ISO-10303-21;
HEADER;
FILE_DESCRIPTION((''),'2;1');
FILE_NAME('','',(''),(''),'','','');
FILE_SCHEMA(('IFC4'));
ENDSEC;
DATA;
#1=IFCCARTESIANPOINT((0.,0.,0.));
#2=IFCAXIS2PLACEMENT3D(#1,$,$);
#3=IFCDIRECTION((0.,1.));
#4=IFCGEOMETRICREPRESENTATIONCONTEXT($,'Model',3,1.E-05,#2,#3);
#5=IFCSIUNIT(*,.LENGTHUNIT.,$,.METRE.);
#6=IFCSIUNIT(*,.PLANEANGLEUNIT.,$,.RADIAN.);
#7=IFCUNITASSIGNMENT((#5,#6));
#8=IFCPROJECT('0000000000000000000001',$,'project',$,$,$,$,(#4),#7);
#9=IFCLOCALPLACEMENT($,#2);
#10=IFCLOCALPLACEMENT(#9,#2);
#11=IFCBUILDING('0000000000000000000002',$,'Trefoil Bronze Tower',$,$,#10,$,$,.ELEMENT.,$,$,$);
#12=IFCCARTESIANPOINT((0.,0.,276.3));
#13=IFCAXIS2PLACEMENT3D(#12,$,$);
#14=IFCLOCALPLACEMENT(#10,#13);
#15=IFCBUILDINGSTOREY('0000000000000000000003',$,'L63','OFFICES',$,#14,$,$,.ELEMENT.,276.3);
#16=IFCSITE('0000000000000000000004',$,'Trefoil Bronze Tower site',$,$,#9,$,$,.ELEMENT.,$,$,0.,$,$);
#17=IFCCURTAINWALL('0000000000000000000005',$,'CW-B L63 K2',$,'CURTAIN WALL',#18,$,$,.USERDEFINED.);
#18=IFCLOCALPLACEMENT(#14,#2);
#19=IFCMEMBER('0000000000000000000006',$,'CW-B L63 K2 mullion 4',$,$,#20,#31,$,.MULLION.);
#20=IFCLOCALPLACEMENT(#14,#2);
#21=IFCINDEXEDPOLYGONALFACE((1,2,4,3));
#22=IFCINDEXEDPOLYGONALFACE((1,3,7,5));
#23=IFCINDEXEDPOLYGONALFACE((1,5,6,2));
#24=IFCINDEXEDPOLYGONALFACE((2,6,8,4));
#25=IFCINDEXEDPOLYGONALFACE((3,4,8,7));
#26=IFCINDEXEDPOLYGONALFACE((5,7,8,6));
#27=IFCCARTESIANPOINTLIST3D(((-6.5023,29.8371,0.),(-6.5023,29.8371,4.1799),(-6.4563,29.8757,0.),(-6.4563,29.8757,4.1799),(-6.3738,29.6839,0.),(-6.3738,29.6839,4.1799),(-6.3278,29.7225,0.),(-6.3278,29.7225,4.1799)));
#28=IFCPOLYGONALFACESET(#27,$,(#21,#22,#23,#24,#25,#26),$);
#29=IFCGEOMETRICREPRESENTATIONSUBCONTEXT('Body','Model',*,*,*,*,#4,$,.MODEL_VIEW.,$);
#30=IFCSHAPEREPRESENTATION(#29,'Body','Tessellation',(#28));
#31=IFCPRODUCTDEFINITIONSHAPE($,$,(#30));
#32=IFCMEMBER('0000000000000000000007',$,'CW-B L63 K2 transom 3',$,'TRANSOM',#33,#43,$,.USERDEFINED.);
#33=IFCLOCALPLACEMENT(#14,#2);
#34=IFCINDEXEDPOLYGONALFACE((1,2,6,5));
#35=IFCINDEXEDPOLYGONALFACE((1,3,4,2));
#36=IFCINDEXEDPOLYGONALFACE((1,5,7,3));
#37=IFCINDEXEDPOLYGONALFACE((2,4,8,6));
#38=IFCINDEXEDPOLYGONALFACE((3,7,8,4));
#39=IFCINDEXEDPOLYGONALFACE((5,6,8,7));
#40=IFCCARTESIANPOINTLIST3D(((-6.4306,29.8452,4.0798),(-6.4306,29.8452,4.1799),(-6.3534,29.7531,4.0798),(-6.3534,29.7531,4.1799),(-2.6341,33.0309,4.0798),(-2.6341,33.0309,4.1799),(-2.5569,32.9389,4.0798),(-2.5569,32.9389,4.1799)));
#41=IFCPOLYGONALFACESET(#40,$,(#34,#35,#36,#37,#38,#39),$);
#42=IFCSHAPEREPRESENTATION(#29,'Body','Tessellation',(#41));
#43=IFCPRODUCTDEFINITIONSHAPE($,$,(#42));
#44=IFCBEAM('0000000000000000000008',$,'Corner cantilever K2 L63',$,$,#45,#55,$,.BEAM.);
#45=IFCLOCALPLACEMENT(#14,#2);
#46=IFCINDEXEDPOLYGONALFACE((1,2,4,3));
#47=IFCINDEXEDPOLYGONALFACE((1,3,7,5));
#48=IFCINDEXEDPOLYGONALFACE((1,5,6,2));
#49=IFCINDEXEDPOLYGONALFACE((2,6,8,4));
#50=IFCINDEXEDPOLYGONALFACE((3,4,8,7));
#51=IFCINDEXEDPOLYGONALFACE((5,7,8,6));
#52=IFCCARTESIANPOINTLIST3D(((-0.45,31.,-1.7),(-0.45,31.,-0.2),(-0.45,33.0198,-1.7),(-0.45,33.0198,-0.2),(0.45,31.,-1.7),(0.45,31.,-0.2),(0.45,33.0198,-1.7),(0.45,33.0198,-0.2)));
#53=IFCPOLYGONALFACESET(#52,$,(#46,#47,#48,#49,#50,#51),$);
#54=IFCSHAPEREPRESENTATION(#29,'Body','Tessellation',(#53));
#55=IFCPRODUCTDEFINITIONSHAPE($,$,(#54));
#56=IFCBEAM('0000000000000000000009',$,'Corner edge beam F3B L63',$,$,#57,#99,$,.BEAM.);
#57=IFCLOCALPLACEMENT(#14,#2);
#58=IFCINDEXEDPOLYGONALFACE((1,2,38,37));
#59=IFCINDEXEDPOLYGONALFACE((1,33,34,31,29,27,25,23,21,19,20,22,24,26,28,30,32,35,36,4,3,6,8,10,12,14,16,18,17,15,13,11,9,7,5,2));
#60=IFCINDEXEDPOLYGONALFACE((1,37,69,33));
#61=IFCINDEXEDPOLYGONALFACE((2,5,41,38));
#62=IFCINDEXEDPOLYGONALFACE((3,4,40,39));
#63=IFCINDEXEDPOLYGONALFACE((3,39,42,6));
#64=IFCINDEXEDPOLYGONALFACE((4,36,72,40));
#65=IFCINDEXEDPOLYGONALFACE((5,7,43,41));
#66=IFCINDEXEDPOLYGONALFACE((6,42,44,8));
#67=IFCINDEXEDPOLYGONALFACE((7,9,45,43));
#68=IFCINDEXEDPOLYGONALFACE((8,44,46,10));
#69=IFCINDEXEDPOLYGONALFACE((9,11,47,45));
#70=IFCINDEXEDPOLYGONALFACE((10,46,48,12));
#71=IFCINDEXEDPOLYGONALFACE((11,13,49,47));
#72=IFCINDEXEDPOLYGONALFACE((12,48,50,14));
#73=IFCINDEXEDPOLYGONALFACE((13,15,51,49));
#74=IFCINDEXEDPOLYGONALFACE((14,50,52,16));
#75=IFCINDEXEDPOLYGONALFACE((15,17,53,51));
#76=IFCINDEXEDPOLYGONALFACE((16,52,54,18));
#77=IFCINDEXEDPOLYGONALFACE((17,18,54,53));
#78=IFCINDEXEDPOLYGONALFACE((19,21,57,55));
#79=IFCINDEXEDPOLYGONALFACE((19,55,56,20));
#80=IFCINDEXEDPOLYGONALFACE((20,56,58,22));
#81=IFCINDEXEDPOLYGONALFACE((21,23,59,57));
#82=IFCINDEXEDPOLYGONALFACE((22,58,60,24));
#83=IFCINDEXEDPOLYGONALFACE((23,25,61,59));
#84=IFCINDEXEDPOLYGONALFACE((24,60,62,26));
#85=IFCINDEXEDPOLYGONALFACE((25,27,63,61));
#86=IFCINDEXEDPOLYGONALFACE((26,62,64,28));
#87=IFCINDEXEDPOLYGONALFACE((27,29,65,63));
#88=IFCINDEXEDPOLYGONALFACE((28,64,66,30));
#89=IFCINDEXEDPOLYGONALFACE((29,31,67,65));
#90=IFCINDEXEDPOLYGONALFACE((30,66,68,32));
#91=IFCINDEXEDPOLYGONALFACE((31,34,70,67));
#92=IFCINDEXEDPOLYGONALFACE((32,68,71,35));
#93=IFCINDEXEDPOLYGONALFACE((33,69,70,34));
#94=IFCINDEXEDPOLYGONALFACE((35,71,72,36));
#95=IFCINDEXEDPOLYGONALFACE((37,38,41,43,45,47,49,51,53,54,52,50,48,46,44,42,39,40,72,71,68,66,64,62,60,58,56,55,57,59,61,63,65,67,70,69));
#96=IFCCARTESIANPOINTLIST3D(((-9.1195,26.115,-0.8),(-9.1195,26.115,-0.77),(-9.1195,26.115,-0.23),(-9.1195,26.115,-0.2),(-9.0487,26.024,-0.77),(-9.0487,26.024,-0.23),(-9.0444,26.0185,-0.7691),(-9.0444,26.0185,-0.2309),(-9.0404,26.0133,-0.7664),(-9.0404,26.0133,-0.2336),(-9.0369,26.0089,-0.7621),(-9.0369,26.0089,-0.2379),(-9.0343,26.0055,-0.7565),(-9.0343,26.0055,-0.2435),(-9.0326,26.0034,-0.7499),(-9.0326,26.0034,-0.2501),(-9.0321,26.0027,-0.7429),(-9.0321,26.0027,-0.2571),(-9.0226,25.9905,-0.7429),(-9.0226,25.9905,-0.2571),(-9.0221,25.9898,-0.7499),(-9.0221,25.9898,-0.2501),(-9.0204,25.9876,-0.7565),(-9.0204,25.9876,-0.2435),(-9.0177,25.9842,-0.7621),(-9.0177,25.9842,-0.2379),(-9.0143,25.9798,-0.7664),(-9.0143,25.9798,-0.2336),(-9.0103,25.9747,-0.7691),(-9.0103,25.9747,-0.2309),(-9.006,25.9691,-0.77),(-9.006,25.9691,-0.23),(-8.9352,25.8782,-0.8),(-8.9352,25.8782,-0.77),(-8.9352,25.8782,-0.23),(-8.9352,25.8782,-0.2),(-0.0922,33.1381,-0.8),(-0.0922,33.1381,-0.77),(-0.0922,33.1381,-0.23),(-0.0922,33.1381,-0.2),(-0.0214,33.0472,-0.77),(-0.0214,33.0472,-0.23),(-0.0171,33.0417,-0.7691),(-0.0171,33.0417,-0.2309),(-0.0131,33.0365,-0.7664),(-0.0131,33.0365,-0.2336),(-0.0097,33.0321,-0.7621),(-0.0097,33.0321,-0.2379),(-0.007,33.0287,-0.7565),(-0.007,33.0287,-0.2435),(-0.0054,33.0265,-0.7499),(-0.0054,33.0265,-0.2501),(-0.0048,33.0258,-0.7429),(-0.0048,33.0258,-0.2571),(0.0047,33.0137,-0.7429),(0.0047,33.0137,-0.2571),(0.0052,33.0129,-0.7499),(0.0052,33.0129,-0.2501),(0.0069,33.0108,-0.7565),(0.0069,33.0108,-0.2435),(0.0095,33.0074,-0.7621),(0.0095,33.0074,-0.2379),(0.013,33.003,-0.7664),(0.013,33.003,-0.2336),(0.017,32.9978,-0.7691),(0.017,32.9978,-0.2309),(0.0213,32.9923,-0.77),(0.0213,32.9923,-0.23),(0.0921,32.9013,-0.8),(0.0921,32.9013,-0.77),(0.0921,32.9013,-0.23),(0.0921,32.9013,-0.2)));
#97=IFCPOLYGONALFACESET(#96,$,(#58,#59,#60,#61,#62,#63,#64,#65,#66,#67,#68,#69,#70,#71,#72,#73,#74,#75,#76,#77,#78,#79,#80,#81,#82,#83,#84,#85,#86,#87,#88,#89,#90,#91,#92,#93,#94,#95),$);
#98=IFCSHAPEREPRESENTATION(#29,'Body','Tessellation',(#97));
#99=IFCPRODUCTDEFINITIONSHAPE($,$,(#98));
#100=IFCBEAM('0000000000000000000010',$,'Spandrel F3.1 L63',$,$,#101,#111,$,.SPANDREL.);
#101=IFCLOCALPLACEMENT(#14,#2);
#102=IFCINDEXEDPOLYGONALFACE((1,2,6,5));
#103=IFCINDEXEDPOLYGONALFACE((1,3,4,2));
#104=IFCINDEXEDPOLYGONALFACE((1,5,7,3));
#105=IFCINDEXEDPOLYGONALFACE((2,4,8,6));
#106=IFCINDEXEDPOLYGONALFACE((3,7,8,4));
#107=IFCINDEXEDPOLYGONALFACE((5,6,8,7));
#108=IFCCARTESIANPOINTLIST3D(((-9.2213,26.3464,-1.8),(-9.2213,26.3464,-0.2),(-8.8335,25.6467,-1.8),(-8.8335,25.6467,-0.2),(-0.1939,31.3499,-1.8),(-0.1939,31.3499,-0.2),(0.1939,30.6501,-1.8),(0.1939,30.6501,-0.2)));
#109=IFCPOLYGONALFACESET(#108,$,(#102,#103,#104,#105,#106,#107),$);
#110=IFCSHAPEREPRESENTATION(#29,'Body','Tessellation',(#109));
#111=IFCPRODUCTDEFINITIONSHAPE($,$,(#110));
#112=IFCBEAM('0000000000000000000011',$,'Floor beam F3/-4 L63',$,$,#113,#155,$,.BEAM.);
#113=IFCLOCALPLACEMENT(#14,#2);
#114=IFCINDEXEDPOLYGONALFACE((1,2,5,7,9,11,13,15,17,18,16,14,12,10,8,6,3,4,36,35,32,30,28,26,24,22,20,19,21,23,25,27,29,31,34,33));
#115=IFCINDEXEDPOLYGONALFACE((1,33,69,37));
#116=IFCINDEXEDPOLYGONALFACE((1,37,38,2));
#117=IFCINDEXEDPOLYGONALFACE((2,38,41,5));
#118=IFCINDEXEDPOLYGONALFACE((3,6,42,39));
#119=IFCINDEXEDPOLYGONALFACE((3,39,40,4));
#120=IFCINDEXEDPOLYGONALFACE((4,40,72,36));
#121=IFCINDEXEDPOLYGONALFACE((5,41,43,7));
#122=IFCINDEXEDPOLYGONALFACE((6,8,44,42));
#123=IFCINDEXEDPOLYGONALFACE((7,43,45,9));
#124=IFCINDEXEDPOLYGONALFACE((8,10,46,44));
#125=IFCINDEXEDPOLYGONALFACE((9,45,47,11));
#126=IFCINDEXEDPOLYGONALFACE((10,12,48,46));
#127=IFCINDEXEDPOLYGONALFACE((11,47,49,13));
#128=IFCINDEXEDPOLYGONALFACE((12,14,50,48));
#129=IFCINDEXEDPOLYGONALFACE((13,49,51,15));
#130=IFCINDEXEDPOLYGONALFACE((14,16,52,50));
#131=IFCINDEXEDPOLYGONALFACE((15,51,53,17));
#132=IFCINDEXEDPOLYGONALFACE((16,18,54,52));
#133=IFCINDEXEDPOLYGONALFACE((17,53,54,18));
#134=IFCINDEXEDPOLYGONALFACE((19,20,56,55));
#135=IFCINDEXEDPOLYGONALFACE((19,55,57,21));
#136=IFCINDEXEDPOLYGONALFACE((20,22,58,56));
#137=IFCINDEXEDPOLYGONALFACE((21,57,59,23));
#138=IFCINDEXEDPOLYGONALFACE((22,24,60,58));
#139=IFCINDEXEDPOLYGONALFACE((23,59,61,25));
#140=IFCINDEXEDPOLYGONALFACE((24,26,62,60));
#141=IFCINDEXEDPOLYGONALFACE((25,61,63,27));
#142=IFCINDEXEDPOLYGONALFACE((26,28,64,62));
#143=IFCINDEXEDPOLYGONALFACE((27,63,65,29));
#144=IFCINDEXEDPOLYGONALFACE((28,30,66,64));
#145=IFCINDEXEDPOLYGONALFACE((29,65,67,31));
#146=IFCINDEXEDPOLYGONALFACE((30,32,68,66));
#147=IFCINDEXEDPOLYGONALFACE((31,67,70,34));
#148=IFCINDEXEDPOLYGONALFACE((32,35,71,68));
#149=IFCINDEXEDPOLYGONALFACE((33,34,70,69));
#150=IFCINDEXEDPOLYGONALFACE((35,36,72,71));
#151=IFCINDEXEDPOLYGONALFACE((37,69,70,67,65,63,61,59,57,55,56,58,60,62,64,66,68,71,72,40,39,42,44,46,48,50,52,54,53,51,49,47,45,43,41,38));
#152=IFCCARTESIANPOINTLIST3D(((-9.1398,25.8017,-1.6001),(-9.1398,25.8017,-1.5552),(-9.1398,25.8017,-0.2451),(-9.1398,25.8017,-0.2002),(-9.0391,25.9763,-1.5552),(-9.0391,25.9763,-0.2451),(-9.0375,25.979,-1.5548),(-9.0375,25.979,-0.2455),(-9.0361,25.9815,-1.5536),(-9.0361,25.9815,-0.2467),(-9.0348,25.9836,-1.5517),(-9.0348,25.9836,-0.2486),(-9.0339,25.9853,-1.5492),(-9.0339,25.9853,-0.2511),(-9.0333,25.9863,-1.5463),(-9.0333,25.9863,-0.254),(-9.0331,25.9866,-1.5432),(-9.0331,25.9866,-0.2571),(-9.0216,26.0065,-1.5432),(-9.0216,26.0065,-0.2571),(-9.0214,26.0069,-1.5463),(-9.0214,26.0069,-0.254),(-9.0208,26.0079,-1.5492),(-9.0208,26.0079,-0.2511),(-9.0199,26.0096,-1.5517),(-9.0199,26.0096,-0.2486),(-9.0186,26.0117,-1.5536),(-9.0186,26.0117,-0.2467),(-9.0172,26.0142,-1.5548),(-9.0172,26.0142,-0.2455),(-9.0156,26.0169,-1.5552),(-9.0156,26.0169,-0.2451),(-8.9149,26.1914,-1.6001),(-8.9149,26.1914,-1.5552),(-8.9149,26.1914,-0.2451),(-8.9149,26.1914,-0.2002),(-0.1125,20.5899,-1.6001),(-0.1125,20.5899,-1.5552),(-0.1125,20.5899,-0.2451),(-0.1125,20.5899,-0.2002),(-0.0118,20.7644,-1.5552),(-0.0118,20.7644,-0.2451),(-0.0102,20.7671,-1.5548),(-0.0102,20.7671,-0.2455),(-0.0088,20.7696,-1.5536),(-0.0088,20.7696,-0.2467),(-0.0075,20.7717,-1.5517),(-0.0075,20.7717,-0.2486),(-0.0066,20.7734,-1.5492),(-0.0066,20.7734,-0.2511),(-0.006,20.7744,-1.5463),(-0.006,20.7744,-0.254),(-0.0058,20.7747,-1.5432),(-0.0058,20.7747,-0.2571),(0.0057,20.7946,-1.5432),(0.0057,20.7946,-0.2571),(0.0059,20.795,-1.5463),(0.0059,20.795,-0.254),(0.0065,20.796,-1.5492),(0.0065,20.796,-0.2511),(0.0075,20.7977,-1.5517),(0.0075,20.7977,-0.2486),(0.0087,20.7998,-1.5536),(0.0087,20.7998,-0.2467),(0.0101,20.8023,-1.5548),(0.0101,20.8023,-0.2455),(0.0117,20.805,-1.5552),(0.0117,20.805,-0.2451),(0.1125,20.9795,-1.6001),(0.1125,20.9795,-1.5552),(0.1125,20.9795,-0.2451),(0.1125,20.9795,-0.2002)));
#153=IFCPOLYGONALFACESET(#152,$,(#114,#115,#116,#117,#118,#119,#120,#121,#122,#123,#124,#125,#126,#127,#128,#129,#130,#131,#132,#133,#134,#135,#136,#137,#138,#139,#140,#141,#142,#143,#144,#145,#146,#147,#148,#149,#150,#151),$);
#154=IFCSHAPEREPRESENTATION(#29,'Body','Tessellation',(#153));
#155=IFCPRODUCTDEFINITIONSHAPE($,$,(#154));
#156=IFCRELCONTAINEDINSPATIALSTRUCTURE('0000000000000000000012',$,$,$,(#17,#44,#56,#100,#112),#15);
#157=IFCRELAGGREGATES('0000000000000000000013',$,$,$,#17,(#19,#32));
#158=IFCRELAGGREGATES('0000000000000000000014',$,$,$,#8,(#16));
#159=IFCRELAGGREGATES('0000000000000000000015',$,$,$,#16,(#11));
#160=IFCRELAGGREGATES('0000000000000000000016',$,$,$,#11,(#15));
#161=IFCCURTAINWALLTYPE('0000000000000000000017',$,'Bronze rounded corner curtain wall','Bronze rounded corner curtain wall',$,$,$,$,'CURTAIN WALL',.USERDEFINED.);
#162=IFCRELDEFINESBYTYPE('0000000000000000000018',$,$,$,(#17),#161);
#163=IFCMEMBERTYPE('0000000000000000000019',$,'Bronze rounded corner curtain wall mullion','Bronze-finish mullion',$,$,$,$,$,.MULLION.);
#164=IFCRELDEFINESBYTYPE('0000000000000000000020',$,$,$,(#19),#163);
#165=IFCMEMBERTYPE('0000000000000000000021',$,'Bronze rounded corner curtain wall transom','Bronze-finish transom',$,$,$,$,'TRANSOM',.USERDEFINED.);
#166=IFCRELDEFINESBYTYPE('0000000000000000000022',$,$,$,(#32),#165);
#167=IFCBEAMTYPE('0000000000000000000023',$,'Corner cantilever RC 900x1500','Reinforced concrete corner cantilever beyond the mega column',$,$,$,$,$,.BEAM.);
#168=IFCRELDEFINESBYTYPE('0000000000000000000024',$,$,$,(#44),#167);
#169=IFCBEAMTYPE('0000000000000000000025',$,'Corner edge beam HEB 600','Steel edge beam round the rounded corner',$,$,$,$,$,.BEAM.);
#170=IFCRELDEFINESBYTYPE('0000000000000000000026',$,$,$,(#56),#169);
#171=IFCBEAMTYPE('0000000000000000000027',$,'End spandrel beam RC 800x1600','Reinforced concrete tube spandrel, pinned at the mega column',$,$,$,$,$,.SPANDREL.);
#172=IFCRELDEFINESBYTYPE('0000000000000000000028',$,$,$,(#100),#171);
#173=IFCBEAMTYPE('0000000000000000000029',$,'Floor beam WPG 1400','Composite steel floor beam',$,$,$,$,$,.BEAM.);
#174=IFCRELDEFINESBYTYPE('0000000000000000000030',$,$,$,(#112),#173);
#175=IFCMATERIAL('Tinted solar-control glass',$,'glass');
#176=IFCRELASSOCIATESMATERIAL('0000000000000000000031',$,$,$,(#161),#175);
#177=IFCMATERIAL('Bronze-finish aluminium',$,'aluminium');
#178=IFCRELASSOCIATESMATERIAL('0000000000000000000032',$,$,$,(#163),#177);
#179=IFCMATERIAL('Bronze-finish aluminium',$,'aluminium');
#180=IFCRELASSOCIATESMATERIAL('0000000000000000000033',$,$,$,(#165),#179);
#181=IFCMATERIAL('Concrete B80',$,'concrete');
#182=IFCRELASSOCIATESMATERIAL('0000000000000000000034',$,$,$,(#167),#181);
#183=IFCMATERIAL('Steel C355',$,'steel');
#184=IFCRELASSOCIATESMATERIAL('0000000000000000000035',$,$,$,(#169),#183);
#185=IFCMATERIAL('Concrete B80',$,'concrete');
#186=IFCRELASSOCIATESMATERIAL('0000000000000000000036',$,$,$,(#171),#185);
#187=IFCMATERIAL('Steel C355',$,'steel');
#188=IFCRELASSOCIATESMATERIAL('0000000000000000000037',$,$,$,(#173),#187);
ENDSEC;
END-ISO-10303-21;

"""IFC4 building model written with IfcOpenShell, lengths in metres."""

from ifc_helpers import new_model, si_unit, direction, frame, origin, origin_2d, place, context, subcontext, project, spatial, rectangle, i_section, extrude, material, material_profile, profile_set, type_object, element, aggregate, save


model = new_model("IFC4")

# Units and contexts
model_context = context("Model", 3, precision=1e-05, world=origin(), true_north=direction((0.0, 1.0)))
body_context = subcontext(model_context, "Body", "Model", "MODEL_VIEW")
ifc_project = project(units=[si_unit("LENGTHUNIT", "METRE"), si_unit("PLANEANGLEUNIT", "RADIAN")], contexts=[model_context])

# Site, building, storey
site_placement = place(None, origin())
site = spatial("IfcSite", under=ifc_project, at=site_placement, Name="Trefoil Bronze Tower site", CompositionType="ELEMENT", RefElevation=0.0)
building_placement = place(site_placement, origin())
building = spatial("IfcBuilding", under=site, at=building_placement, Name="Trefoil Bronze Tower", CompositionType="ELEMENT")
storey_placement = place(building_placement, frame((0.0, 0.0, 276.3)))
storey = spatial("IfcBuildingStorey", under=building, at=storey_placement, Name="L63", Description="OFFICES", CompositionType="ELEMENT", Elevation=276.3)

# Curtain wall, members
ifc_material_1 = material(Name="Tinted solar-control glass", Category="glass")
curtain_wall_type_1 = type_object("IfcCurtainWallType", Name="Bronze rounded corner curtain wall", Description="Bronze rounded corner curtain wall", ElementType="CURTAIN WALL", PredefinedType="USERDEFINED", material=ifc_material_1)
curtain_wall_1_placement = place(storey_placement, origin())
curtain_wall_1 = element("IfcCurtainWall", 1, at=curtain_wall_1_placement, inside=storey, type_object=curtain_wall_type_1, Name="CW-B L63 K2", ObjectType="CURTAIN WALL", PredefinedType="USERDEFINED")
ifc_material_2 = material(Name="Bronze-finish aluminium", Category="aluminium")
ifc_material_profile_1 = material_profile(ifc_material_2, rectangle(XDim=0.2, YDim=0.0601, at=origin_2d()), Name="CW-B mullion")
ifc_profile_set_1 = profile_set([ifc_material_profile_1], Name="Bronze-finish aluminium")
member_type_1 = type_object("IfcMemberType", Name="Bronze rounded corner curtain wall mullion", Description="Bronze-finish mullion", PredefinedType="MULLION", material=ifc_profile_set_1)
member_1_placement = place(storey_placement, frame((-6.415, 29.7798, 0.0), z_axis=(0.0, 0.0, 1.0), x_axis=(0.642788, -0.766044, 0.0)))
member_1 = element("IfcMember", 2, at=member_1_placement, type_object=member_type_1, Name="CW-B L63 K2 mullion 4", PredefinedType="MULLION", context=body_context, shape_type="SweptSolid", body=[
    extrude(rectangle(XDim=0.2, YDim=0.0601, at=origin_2d()), origin(), (0.0, 0.0, 1.0), 4.1799),
])
ifc_material_3 = material(Name="Bronze-finish aluminium", Category="aluminium")
ifc_material_profile_2 = material_profile(ifc_material_3, rectangle(XDim=0.1201, YDim=0.1001, at=origin_2d()), Name="CW-B transom")
ifc_profile_set_2 = profile_set([ifc_material_profile_2], Name="Bronze-finish aluminium")
member_type_2 = type_object("IfcMemberType", Name="Bronze rounded corner curtain wall transom", Description="Bronze-finish transom", ElementType="TRANSOM", PredefinedType="USERDEFINED", material=ifc_profile_set_2)
member_2_placement = place(storey_placement, frame((-2.5955, 32.9849, 4.1299), z_axis=(-0.766041, -0.642792, 0.0), x_axis=(0.642792, -0.766041, 0.0)))
member_2 = element("IfcMember", 3, at=member_2_placement, type_object=member_type_2, Name="CW-B L63 K2 transom 3", ObjectType="TRANSOM", PredefinedType="USERDEFINED", context=body_context, shape_type="SweptSolid", body=[
    extrude(rectangle(XDim=0.1201, YDim=0.1001, at=origin_2d()), origin(), (0.0, 0.0, 1.0), 4.9561),
])

# Beams
ifc_material_4 = material(Name="Concrete B80", Category="concrete")
ifc_material_profile_3 = material_profile(ifc_material_4, rectangle(XDim=0.8999, YDim=1.5, at=origin_2d()), Name="RC 900x1500")
ifc_profile_set_3 = profile_set([ifc_material_profile_3], Name="Concrete B80")
beam_type_1 = type_object("IfcBeamType", Name="Corner cantilever RC 900x1500", Description="Reinforced concrete corner cantilever beyond the mega column", PredefinedType="BEAM", material=ifc_profile_set_3)
beam_1_placement = place(storey_placement, frame((0.0, 31.0, -0.95), z_axis=(0.0, 1.0, 0.0), x_axis=(-1.0, 0.0, 0.0)))
element("IfcBeam", 4, at=beam_1_placement, inside=storey, type_object=beam_type_1, Name="Corner cantilever K2 L63", PredefinedType="BEAM", context=body_context, shape_type="SweptSolid", body=[
    extrude(rectangle(XDim=0.8999, YDim=1.5, at=origin_2d()), origin(), (0.0, 0.0, 1.0), 2.0198),
])
ifc_material_5 = material(Name="Steel C355", Category="steel")
ifc_material_profile_4 = material_profile(ifc_material_5, i_section(OverallWidth=0.3, OverallDepth=0.6001, WebThickness=0.0154, FlangeThickness=0.03, FilletRadius=0.0271, at=origin_2d()), Name="HEB 600")
ifc_profile_set_4 = profile_set([ifc_material_profile_4], Name="Steel C355")
beam_type_2 = type_object("IfcBeamType", Name="Corner edge beam HEB 600", Description="Steel edge beam round the rounded corner", PredefinedType="BEAM", material=ifc_profile_set_4)
beam_2_placement = place(storey_placement, frame((-9.0273, 25.9966, -0.5), z_axis=(0.789271, 0.614046, 0.0), x_axis=(-0.614046, 0.789271, 0.0)))
element("IfcBeam", 5, at=beam_2_placement, inside=storey, type_object=beam_type_2, Name="Corner edge beam F3B L63", PredefinedType="BEAM", context=body_context, shape_type="SweptSolid", body=[
    extrude(i_section(OverallWidth=0.3, OverallDepth=0.6001, WebThickness=0.0154, FlangeThickness=0.03, FilletRadius=0.0271, at=origin_2d()), origin(), (0.0, 0.0, 1.0), 11.4375),
])
ifc_material_6 = material(Name="Concrete B80", Category="concrete")
ifc_material_profile_5 = material_profile(ifc_material_6, rectangle(XDim=0.8, YDim=1.6001, at=origin_2d()), Name="RC 800x1600")
ifc_profile_set_5 = profile_set([ifc_material_profile_5], Name="Concrete B80")
beam_type_3 = type_object("IfcBeamType", Name="End spandrel beam RC 800x1600", Description="Reinforced concrete tube spandrel, pinned at the mega column", PredefinedType="SPANDREL", material=ifc_profile_set_5)
beam_3_placement = place(storey_placement, frame((0.0, 31.0, -1.0), z_axis=(-0.874641, -0.484771, 0.0), x_axis=(0.484771, -0.874641, 0.0)))
element("IfcBeam", 6, at=beam_3_placement, inside=storey, type_object=beam_type_3, Name="Spandrel F3.1 L63", PredefinedType="SPANDREL", context=body_context, shape_type="SweptSolid", body=[
    extrude(rectangle(XDim=0.8, YDim=1.6001, at=origin_2d()), origin(), (0.0, 0.0, 1.0), 10.3213),
])
ifc_material_7 = material(Name="Steel C355", Category="steel")
ifc_material_profile_6 = material_profile(ifc_material_7, i_section(OverallWidth=0.45, OverallDepth=1.3999, WebThickness=0.0229, FlangeThickness=0.0449, FilletRadius=0.012, at=origin_2d()), Name="WPG 1400")
ifc_profile_set_6 = profile_set([ifc_material_profile_6], Name="Steel C355")
beam_type_4 = type_object("IfcBeamType", Name="Floor beam WPG 1400", Description="Composite steel floor beam", PredefinedType="BEAM", material=ifc_profile_set_6)
beam_4_placement = place(storey_placement, frame((-9.0273, 25.9966, -0.9001), z_axis=(0.866026, -0.499998, 0.0), x_axis=(0.499998, 0.866026, 0.0)))
element("IfcBeam", 7, at=beam_4_placement, inside=storey, type_object=beam_type_4, Name="Floor beam F3/-4 L63", PredefinedType="BEAM", context=body_context, shape_type="SweptSolid", body=[
    extrude(i_section(OverallWidth=0.45, OverallDepth=1.3999, WebThickness=0.0229, FlangeThickness=0.0449, FilletRadius=0.012, at=origin_2d()), origin(), (0.0, 0.0, 1.0), 10.4238),
])

aggregate(curtain_wall_1, [member_1, member_2])

save(model, "model.ifc")
